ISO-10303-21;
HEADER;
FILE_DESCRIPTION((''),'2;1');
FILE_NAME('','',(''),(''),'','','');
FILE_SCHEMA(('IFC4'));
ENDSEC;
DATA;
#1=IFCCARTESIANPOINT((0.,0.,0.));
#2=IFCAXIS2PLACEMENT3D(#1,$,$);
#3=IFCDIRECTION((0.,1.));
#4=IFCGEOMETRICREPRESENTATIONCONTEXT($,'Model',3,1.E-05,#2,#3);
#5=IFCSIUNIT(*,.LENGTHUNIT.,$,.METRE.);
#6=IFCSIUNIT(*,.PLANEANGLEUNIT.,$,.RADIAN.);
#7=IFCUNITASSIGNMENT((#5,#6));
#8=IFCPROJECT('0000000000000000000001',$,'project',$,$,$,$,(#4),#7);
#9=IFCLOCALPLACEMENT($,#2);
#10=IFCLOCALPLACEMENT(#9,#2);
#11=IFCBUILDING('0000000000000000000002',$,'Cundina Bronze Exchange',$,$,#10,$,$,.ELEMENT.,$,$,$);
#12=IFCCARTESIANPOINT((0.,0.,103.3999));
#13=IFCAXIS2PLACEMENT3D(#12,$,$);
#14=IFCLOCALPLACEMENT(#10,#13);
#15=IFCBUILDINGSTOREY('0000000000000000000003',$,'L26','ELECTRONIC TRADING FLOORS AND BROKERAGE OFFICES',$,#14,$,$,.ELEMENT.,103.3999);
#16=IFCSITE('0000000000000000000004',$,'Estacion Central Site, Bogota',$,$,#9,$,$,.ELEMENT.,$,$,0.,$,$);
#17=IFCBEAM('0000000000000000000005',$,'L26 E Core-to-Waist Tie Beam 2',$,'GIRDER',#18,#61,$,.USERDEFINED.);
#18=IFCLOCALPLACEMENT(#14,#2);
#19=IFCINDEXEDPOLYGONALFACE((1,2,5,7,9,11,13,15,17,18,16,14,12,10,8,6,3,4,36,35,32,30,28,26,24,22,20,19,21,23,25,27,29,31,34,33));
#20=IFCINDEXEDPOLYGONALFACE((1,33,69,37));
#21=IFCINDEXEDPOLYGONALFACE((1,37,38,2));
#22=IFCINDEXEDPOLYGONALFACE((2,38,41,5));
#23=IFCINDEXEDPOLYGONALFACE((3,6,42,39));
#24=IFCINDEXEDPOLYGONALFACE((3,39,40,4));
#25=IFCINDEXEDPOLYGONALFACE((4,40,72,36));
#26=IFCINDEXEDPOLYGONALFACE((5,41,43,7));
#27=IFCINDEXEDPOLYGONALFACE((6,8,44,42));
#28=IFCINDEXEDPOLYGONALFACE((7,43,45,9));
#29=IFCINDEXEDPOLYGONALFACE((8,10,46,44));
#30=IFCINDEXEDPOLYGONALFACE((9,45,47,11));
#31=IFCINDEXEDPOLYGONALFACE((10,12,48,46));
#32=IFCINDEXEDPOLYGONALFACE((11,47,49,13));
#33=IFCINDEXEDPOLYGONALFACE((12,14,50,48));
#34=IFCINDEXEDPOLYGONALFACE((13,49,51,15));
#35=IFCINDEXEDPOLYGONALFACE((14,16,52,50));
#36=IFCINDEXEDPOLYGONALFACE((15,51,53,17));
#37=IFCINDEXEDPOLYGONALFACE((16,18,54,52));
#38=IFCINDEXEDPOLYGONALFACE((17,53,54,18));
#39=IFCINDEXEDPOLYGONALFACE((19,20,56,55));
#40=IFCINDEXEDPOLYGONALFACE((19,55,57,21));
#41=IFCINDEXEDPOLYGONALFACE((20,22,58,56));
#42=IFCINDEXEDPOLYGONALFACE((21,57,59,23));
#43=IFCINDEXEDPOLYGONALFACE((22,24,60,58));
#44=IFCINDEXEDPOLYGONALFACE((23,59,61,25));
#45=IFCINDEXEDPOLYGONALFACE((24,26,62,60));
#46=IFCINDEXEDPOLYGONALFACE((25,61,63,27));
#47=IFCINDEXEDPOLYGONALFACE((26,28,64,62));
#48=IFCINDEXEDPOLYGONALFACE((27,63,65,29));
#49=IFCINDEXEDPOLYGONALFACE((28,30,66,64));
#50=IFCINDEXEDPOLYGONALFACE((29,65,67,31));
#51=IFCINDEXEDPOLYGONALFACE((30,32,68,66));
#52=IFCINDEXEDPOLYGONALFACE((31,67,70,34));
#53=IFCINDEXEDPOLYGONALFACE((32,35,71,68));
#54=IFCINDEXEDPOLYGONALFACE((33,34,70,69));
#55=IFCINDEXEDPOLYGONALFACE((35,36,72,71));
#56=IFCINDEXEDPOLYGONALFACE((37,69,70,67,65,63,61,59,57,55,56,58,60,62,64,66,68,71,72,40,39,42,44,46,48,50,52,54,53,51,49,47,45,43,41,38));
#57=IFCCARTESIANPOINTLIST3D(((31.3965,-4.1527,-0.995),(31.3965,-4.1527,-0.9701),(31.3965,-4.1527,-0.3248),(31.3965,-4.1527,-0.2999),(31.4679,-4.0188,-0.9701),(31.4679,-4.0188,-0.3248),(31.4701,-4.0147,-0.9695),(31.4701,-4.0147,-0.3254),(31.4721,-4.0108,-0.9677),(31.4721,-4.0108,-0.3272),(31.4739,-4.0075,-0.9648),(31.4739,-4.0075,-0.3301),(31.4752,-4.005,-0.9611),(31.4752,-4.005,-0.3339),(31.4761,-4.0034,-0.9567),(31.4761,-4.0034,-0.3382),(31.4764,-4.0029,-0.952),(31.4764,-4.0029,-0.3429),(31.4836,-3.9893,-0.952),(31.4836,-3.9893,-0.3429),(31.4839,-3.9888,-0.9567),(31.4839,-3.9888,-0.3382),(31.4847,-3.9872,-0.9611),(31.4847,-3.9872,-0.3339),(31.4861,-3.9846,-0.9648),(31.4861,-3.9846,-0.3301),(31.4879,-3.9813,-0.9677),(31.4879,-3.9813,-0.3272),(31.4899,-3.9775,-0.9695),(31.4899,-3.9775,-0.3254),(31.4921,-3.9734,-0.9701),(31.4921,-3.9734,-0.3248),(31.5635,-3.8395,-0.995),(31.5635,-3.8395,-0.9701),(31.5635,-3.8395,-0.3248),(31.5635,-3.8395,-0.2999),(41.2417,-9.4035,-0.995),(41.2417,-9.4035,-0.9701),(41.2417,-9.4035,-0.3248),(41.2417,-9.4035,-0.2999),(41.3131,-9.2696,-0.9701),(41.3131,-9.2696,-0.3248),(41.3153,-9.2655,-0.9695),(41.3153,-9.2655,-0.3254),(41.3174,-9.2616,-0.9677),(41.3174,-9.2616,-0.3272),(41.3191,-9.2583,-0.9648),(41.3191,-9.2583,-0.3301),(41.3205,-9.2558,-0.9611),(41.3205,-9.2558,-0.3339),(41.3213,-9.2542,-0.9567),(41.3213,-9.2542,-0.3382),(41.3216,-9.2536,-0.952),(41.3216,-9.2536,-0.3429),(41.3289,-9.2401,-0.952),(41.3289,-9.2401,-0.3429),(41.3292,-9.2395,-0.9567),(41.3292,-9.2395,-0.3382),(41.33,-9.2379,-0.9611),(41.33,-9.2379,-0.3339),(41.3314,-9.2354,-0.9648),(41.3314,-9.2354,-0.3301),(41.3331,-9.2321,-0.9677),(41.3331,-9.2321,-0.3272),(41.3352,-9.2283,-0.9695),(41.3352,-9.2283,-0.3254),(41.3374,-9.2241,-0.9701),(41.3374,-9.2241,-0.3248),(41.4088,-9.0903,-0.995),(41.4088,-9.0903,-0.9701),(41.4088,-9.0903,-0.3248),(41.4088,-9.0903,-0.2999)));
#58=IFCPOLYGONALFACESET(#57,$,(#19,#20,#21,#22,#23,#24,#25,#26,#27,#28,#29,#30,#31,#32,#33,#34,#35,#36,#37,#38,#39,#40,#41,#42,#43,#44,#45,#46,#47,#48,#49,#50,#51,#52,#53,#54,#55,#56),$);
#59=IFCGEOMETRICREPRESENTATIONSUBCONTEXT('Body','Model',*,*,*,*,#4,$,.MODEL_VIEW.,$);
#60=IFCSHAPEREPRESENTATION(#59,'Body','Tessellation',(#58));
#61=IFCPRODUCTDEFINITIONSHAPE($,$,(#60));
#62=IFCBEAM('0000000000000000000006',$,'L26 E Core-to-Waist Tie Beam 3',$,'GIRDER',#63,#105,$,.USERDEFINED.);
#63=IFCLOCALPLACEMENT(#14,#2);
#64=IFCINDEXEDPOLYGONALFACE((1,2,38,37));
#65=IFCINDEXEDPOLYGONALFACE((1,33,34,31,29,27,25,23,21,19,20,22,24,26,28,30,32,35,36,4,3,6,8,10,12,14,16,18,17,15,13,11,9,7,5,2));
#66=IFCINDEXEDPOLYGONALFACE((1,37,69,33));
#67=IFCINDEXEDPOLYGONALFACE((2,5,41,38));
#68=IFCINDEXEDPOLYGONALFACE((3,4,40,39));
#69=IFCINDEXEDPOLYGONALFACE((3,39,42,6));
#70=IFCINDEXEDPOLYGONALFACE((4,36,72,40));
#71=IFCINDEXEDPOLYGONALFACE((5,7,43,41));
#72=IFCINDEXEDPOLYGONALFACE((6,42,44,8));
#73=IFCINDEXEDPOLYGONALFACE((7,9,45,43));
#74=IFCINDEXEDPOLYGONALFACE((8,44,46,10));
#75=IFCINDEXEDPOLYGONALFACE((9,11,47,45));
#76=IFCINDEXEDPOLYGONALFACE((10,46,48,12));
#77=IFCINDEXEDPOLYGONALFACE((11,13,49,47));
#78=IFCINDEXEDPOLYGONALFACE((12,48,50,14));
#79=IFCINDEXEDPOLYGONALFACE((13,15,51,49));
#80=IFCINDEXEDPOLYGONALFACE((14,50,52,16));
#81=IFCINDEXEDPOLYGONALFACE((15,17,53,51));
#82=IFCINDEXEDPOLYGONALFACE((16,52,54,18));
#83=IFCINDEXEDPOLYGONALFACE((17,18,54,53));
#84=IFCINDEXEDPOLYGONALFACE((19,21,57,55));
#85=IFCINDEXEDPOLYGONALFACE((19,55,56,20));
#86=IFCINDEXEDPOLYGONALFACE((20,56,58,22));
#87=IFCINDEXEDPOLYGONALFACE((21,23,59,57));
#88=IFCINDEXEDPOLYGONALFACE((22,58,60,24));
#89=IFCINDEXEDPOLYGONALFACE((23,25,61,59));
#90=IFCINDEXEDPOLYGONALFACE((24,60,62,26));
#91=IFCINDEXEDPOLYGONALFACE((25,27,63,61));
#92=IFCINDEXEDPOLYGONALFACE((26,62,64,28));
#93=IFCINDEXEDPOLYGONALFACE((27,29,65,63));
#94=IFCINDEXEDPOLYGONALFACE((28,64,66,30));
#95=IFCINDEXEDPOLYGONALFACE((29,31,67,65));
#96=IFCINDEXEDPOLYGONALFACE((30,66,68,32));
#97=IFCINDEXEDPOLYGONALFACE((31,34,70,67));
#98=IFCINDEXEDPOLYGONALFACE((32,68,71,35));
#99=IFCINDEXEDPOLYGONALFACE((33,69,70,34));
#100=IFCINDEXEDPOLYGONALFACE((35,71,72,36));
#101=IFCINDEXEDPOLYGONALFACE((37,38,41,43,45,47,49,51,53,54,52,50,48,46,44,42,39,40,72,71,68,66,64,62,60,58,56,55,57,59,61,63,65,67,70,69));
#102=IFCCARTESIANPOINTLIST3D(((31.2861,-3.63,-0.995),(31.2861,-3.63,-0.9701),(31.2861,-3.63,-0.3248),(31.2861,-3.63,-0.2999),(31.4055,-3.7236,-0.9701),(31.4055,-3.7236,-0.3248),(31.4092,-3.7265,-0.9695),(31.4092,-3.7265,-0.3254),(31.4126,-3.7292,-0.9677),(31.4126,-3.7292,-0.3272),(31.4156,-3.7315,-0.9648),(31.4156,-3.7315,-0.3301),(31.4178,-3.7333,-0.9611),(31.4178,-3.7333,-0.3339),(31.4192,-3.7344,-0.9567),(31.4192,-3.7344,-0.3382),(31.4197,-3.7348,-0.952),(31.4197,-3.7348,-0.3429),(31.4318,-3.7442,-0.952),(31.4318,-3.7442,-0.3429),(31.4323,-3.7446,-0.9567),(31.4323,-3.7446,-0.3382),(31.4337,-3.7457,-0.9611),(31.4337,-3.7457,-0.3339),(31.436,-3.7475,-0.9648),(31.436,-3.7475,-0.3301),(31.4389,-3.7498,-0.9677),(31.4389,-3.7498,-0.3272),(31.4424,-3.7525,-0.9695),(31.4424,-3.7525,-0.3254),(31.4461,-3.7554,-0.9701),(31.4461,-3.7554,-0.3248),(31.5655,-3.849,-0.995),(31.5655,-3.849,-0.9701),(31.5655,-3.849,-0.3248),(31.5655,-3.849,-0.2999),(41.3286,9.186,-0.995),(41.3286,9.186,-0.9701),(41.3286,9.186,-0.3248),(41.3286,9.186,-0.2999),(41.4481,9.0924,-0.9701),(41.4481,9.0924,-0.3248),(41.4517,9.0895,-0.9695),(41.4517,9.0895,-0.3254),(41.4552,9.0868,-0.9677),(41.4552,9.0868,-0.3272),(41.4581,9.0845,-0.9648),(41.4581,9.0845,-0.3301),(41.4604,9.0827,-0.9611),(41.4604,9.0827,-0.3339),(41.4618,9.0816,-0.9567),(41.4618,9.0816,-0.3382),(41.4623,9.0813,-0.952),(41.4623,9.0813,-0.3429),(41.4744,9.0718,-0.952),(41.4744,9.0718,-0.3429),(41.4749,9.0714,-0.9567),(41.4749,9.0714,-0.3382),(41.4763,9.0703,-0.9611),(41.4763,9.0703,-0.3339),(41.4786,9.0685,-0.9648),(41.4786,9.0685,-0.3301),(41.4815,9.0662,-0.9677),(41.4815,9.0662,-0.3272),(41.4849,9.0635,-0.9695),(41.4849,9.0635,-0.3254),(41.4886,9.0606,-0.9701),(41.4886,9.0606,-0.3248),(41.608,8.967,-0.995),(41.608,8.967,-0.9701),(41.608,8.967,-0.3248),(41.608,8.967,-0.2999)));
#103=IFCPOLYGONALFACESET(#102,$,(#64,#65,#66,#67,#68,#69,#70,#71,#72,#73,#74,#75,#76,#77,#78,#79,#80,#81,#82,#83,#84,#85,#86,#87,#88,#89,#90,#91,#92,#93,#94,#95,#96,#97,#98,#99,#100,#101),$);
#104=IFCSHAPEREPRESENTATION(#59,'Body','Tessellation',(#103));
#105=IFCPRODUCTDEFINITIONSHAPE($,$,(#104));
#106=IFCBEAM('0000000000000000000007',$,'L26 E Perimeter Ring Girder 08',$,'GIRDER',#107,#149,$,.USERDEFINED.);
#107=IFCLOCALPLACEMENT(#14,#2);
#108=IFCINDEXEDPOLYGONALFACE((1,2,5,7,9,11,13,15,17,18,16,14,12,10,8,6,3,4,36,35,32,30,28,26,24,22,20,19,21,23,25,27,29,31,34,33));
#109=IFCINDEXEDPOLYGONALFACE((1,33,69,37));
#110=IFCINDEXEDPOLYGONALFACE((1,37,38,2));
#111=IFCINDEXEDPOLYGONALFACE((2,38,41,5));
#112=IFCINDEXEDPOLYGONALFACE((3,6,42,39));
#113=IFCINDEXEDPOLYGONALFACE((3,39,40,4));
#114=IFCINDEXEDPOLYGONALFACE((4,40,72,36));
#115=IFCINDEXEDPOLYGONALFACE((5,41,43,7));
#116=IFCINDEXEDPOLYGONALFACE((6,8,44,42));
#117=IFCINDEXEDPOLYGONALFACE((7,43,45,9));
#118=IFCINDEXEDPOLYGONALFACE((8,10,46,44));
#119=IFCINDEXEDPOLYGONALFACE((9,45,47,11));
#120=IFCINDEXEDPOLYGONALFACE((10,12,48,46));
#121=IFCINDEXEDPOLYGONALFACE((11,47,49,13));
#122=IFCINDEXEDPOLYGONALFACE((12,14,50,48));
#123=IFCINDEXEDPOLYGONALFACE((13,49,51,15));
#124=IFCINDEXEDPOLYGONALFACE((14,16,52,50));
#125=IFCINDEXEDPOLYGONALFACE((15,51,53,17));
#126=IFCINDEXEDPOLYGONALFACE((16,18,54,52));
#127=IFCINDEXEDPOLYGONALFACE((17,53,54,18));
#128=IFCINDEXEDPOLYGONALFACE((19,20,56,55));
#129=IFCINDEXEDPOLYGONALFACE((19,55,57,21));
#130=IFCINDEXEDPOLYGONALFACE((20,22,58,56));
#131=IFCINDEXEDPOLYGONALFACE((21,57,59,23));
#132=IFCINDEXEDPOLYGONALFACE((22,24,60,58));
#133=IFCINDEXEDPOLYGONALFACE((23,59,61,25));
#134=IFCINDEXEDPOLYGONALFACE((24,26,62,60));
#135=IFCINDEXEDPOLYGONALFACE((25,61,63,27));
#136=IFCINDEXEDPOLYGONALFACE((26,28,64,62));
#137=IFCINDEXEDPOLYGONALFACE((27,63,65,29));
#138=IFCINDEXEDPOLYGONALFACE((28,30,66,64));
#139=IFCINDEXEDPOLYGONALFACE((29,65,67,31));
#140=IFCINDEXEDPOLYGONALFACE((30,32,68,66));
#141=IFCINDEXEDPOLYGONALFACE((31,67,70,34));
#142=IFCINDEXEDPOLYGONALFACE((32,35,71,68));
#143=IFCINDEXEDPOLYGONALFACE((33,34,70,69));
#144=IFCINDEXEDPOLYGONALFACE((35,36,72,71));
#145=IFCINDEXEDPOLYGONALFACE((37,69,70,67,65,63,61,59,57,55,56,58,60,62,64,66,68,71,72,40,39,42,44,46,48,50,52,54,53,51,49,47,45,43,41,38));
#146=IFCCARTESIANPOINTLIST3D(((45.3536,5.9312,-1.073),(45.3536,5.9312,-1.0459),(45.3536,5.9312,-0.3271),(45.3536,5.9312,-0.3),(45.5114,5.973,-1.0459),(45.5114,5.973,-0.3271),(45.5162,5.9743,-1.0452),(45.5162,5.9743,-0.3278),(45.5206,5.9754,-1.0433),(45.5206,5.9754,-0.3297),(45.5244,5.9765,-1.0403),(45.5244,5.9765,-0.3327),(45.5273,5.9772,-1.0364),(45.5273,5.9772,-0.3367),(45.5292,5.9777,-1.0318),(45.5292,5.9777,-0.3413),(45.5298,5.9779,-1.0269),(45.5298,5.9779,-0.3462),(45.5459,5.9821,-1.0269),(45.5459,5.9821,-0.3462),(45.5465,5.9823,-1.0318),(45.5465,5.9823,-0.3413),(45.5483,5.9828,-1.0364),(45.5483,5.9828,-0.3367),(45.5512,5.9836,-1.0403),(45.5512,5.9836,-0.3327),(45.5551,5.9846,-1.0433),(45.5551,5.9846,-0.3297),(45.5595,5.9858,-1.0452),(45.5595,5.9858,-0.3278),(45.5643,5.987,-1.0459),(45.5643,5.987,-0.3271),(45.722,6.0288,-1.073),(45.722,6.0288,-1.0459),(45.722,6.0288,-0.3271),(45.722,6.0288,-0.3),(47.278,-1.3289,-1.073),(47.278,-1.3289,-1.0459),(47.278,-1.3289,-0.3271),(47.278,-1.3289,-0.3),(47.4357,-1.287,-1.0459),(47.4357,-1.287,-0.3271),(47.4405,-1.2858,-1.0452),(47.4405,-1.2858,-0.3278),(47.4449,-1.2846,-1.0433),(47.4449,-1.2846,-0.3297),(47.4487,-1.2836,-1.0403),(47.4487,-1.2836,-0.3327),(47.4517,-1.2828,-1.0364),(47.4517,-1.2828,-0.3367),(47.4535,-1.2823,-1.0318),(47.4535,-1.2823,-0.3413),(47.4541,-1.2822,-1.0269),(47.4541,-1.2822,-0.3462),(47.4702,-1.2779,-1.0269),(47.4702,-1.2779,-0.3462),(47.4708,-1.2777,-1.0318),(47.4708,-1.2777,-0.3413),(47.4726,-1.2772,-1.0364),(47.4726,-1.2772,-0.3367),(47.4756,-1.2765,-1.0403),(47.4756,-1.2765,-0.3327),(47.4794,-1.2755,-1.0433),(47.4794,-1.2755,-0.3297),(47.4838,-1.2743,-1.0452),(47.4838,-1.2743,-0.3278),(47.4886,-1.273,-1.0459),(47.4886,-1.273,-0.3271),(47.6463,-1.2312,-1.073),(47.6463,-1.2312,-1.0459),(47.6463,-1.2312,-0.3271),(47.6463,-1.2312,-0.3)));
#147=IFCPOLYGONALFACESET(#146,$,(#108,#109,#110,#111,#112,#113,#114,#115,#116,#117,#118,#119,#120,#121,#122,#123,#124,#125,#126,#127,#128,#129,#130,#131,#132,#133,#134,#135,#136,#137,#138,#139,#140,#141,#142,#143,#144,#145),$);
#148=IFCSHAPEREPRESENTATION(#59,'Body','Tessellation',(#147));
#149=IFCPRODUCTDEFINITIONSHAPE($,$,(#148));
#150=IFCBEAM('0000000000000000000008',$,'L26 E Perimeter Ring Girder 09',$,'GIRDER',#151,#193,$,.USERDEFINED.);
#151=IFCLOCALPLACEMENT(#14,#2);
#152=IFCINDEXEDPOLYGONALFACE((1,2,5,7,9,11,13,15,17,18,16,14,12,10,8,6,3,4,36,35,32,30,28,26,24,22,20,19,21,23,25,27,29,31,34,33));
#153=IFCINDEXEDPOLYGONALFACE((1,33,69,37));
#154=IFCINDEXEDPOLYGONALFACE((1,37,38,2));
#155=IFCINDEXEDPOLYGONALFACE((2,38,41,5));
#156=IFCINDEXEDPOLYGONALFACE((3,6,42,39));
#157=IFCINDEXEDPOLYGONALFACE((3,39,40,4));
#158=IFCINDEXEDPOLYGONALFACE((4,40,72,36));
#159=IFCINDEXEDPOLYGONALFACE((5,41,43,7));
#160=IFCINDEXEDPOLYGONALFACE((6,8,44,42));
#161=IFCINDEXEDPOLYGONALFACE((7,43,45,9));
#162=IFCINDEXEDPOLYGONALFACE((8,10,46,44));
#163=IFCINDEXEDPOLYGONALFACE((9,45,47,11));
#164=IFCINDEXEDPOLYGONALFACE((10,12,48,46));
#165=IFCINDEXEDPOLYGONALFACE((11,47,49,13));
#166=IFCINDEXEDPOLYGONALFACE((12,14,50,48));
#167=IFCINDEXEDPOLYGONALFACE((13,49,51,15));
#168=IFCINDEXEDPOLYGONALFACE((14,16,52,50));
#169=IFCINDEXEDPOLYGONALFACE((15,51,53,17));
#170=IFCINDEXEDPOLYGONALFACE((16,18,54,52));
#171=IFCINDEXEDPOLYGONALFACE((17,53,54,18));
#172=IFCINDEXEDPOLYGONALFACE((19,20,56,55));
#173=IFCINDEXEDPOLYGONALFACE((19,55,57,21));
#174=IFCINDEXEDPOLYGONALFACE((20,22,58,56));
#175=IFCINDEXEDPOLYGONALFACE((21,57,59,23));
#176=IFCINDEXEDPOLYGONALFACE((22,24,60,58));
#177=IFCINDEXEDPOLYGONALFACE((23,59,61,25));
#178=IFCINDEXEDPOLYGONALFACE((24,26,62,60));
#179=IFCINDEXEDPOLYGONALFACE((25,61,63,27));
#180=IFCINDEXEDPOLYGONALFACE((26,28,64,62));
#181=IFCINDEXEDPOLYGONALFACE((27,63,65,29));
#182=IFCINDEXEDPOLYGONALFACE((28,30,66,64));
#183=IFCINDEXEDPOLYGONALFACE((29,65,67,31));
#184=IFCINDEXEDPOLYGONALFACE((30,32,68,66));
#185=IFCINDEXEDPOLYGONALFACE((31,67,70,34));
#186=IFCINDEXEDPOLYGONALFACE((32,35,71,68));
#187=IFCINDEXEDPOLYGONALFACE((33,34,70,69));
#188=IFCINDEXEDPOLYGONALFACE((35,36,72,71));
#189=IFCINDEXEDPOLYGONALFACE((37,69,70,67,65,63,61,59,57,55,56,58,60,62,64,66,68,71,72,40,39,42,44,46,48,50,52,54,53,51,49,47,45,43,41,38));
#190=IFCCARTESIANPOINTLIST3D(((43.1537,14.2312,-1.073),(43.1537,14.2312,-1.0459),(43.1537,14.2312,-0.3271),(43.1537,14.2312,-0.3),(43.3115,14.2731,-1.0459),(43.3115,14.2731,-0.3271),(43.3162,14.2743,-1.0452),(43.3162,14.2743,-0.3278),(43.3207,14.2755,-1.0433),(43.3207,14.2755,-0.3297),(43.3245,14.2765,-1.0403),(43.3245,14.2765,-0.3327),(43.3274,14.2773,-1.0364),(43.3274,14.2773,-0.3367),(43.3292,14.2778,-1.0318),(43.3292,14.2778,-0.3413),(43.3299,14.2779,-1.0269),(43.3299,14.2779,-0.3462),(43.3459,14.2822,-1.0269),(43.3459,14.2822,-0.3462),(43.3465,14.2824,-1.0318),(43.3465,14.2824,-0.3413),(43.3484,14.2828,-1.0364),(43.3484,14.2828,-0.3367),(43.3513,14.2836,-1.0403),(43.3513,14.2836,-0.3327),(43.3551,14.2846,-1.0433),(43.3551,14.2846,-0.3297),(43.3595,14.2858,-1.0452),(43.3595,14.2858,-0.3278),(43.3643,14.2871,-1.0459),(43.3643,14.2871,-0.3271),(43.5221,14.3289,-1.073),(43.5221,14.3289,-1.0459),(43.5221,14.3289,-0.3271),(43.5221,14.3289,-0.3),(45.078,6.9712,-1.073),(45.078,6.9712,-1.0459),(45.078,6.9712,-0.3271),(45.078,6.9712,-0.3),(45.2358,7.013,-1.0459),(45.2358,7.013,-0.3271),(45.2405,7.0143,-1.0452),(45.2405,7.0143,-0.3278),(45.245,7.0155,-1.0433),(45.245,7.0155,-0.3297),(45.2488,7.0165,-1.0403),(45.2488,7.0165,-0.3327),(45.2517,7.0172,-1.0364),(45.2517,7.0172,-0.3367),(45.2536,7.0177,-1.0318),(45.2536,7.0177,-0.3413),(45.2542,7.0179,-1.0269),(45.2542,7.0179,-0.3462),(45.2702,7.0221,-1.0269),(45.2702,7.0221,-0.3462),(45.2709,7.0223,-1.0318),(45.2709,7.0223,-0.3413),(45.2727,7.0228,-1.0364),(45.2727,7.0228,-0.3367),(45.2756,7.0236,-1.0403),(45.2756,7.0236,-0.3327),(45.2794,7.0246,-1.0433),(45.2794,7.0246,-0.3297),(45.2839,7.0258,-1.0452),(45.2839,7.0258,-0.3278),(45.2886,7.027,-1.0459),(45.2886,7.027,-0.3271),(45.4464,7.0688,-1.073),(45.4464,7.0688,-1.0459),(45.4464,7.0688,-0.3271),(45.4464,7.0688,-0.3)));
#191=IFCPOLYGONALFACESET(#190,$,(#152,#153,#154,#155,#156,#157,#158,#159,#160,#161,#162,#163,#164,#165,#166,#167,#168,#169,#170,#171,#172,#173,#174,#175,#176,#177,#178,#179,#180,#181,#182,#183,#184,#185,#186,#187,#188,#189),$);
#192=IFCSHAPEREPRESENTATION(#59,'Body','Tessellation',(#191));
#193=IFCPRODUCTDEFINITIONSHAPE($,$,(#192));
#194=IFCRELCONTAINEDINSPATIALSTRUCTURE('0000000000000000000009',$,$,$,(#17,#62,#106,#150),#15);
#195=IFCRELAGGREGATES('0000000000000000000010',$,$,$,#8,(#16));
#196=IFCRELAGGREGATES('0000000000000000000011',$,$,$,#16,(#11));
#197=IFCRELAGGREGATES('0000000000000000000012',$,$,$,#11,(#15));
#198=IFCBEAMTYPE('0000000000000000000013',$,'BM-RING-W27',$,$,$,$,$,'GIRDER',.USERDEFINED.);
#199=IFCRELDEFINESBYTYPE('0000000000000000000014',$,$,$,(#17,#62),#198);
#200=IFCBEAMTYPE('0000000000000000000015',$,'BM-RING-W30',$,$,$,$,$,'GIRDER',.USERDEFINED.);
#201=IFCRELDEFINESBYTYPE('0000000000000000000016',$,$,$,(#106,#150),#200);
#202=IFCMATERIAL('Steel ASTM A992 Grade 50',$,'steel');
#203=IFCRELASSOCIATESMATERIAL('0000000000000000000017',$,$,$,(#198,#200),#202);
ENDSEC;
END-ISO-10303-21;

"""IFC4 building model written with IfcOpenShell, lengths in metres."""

from ifc_helpers import new_model, si_unit, direction, frame, origin, origin_2d, place, context, subcontext, project, spatial, i_section, extrude, material, material_profile, profile_set, type_object, element, save


model = new_model("IFC4")

# Units and contexts
model_context = context("Model", 3, precision=1e-05, world=origin(), true_north=direction((0.0, 1.0)))
body_context = subcontext(model_context, "Body", "Model", "MODEL_VIEW")
ifc_project = project(units=[si_unit("LENGTHUNIT", "METRE"), si_unit("PLANEANGLEUNIT", "RADIAN")], contexts=[model_context])

# Site, building, storey
site_placement = place(None, origin())
site = spatial("IfcSite", under=ifc_project, at=site_placement, Name="Estacion Central Site, Bogota", CompositionType="ELEMENT", RefElevation=0.0)
building_placement = place(site_placement, origin())
building = spatial("IfcBuilding", under=site, at=building_placement, Name="Cundina Bronze Exchange", CompositionType="ELEMENT")
storey_placement = place(building_placement, frame((0.0, 0.0, 103.3999)))
storey = spatial("IfcBuildingStorey", under=building, at=storey_placement, Name="L26", Description="ELECTRONIC TRADING FLOORS AND BROKERAGE OFFICES", CompositionType="ELEMENT", Elevation=103.3999)

# Shared definitions
ifc_material_1 = material(Name="Steel ASTM A992 Grade 50", Category="steel")

# Beams
ifc_material_profile_1 = material_profile(ifc_material_1, i_section(OverallWidth=0.355, OverallDepth=0.6951, WebThickness=0.0154, FlangeThickness=0.0249, FilletRadius=0.0181, at=origin_2d()), Name="W27X146", Category="steel")
ifc_profile_set_1 = profile_set([ifc_material_profile_1], Name="Steel ASTM A992 Grade 50")
beam_type_1 = type_object("IfcBeamType", Name="BM-RING-W27", ElementType="GIRDER", PredefinedType="USERDEFINED", material=ifc_profile_set_1)
beam_1_placement = place(storey_placement, frame((31.48, -3.9961, -0.6475), z_axis=(0.882355, -0.470585, 0.0), x_axis=(0.470585, 0.882355, 0.0)))
element("IfcBeam", 1, at=beam_1_placement, inside=storey, type_object=beam_type_1, Name="L26 E Core-to-Waist Tie Beam 2", ObjectType="GIRDER", PredefinedType="USERDEFINED", context=body_context, shape_type="SweptSolid", body=[
    extrude(i_section(OverallWidth=0.355, OverallDepth=0.6951, WebThickness=0.0154, FlangeThickness=0.0249, FilletRadius=0.0181, at=origin_2d()), origin(), (0.0, 0.0, 1.0), 11.158),
])
beam_2_placement = place(storey_placement, frame((31.4258, -3.7395, -0.6475), z_axis=(0.616789, 0.787128, 0.0), x_axis=(-0.787128, 0.616789, 0.0)))
element("IfcBeam", 2, at=beam_2_placement, inside=storey, type_object=beam_type_1, Name="L26 E Core-to-Waist Tie Beam 3", ObjectType="GIRDER", PredefinedType="USERDEFINED", context=body_context, shape_type="SweptSolid", body=[
    extrude(i_section(OverallWidth=0.355, OverallDepth=0.6951, WebThickness=0.0154, FlangeThickness=0.0249, FilletRadius=0.0181, at=origin_2d()), origin(), (0.0, 0.0, 1.0), 16.282),
])
ifc_material_profile_2 = material_profile(ifc_material_1, i_section(OverallWidth=0.3811, OverallDepth=0.7729, WebThickness=0.0166, FlangeThickness=0.0271, FilletRadius=0.019, at=origin_2d()), Name="W30X173", Category="steel")
ifc_profile_set_2 = profile_set([ifc_material_profile_2], Name="Steel ASTM A992 Grade 50")
beam_type_2 = type_object("IfcBeamType", Name="BM-RING-W30", ElementType="GIRDER", PredefinedType="USERDEFINED", material=ifc_profile_set_2)
for number, where, z_axis, x_axis, name in (
    (3, (47.4622, -1.28, -0.6865), (-0.25621, 0.966621, 0.0), (-0.966621, -0.25621, 0.0), "L26 E Perimeter Ring Girder 08"),
    (4, (45.2622, 7.02, -0.6865), (-0.25621, 0.966621, 0.0), (-0.966621, -0.25621, 0.0), "L26 E Perimeter Ring Girder 09"),
):
    element("IfcBeam", number, at=place(storey_placement, frame(where, z_axis=z_axis, x_axis=x_axis)), inside=storey, type_object=beam_type_2, Name=name, ObjectType="GIRDER", PredefinedType="USERDEFINED", context=body_context, shape_type="SweptSolid", body=[
        extrude(i_section(OverallWidth=0.3811, OverallDepth=0.7729, WebThickness=0.0166, FlangeThickness=0.0271, FilletRadius=0.019, at=origin_2d()), origin(), (0.0, 0.0, 1.0), 7.5107),
    ])

save(model, "model.ifc")
